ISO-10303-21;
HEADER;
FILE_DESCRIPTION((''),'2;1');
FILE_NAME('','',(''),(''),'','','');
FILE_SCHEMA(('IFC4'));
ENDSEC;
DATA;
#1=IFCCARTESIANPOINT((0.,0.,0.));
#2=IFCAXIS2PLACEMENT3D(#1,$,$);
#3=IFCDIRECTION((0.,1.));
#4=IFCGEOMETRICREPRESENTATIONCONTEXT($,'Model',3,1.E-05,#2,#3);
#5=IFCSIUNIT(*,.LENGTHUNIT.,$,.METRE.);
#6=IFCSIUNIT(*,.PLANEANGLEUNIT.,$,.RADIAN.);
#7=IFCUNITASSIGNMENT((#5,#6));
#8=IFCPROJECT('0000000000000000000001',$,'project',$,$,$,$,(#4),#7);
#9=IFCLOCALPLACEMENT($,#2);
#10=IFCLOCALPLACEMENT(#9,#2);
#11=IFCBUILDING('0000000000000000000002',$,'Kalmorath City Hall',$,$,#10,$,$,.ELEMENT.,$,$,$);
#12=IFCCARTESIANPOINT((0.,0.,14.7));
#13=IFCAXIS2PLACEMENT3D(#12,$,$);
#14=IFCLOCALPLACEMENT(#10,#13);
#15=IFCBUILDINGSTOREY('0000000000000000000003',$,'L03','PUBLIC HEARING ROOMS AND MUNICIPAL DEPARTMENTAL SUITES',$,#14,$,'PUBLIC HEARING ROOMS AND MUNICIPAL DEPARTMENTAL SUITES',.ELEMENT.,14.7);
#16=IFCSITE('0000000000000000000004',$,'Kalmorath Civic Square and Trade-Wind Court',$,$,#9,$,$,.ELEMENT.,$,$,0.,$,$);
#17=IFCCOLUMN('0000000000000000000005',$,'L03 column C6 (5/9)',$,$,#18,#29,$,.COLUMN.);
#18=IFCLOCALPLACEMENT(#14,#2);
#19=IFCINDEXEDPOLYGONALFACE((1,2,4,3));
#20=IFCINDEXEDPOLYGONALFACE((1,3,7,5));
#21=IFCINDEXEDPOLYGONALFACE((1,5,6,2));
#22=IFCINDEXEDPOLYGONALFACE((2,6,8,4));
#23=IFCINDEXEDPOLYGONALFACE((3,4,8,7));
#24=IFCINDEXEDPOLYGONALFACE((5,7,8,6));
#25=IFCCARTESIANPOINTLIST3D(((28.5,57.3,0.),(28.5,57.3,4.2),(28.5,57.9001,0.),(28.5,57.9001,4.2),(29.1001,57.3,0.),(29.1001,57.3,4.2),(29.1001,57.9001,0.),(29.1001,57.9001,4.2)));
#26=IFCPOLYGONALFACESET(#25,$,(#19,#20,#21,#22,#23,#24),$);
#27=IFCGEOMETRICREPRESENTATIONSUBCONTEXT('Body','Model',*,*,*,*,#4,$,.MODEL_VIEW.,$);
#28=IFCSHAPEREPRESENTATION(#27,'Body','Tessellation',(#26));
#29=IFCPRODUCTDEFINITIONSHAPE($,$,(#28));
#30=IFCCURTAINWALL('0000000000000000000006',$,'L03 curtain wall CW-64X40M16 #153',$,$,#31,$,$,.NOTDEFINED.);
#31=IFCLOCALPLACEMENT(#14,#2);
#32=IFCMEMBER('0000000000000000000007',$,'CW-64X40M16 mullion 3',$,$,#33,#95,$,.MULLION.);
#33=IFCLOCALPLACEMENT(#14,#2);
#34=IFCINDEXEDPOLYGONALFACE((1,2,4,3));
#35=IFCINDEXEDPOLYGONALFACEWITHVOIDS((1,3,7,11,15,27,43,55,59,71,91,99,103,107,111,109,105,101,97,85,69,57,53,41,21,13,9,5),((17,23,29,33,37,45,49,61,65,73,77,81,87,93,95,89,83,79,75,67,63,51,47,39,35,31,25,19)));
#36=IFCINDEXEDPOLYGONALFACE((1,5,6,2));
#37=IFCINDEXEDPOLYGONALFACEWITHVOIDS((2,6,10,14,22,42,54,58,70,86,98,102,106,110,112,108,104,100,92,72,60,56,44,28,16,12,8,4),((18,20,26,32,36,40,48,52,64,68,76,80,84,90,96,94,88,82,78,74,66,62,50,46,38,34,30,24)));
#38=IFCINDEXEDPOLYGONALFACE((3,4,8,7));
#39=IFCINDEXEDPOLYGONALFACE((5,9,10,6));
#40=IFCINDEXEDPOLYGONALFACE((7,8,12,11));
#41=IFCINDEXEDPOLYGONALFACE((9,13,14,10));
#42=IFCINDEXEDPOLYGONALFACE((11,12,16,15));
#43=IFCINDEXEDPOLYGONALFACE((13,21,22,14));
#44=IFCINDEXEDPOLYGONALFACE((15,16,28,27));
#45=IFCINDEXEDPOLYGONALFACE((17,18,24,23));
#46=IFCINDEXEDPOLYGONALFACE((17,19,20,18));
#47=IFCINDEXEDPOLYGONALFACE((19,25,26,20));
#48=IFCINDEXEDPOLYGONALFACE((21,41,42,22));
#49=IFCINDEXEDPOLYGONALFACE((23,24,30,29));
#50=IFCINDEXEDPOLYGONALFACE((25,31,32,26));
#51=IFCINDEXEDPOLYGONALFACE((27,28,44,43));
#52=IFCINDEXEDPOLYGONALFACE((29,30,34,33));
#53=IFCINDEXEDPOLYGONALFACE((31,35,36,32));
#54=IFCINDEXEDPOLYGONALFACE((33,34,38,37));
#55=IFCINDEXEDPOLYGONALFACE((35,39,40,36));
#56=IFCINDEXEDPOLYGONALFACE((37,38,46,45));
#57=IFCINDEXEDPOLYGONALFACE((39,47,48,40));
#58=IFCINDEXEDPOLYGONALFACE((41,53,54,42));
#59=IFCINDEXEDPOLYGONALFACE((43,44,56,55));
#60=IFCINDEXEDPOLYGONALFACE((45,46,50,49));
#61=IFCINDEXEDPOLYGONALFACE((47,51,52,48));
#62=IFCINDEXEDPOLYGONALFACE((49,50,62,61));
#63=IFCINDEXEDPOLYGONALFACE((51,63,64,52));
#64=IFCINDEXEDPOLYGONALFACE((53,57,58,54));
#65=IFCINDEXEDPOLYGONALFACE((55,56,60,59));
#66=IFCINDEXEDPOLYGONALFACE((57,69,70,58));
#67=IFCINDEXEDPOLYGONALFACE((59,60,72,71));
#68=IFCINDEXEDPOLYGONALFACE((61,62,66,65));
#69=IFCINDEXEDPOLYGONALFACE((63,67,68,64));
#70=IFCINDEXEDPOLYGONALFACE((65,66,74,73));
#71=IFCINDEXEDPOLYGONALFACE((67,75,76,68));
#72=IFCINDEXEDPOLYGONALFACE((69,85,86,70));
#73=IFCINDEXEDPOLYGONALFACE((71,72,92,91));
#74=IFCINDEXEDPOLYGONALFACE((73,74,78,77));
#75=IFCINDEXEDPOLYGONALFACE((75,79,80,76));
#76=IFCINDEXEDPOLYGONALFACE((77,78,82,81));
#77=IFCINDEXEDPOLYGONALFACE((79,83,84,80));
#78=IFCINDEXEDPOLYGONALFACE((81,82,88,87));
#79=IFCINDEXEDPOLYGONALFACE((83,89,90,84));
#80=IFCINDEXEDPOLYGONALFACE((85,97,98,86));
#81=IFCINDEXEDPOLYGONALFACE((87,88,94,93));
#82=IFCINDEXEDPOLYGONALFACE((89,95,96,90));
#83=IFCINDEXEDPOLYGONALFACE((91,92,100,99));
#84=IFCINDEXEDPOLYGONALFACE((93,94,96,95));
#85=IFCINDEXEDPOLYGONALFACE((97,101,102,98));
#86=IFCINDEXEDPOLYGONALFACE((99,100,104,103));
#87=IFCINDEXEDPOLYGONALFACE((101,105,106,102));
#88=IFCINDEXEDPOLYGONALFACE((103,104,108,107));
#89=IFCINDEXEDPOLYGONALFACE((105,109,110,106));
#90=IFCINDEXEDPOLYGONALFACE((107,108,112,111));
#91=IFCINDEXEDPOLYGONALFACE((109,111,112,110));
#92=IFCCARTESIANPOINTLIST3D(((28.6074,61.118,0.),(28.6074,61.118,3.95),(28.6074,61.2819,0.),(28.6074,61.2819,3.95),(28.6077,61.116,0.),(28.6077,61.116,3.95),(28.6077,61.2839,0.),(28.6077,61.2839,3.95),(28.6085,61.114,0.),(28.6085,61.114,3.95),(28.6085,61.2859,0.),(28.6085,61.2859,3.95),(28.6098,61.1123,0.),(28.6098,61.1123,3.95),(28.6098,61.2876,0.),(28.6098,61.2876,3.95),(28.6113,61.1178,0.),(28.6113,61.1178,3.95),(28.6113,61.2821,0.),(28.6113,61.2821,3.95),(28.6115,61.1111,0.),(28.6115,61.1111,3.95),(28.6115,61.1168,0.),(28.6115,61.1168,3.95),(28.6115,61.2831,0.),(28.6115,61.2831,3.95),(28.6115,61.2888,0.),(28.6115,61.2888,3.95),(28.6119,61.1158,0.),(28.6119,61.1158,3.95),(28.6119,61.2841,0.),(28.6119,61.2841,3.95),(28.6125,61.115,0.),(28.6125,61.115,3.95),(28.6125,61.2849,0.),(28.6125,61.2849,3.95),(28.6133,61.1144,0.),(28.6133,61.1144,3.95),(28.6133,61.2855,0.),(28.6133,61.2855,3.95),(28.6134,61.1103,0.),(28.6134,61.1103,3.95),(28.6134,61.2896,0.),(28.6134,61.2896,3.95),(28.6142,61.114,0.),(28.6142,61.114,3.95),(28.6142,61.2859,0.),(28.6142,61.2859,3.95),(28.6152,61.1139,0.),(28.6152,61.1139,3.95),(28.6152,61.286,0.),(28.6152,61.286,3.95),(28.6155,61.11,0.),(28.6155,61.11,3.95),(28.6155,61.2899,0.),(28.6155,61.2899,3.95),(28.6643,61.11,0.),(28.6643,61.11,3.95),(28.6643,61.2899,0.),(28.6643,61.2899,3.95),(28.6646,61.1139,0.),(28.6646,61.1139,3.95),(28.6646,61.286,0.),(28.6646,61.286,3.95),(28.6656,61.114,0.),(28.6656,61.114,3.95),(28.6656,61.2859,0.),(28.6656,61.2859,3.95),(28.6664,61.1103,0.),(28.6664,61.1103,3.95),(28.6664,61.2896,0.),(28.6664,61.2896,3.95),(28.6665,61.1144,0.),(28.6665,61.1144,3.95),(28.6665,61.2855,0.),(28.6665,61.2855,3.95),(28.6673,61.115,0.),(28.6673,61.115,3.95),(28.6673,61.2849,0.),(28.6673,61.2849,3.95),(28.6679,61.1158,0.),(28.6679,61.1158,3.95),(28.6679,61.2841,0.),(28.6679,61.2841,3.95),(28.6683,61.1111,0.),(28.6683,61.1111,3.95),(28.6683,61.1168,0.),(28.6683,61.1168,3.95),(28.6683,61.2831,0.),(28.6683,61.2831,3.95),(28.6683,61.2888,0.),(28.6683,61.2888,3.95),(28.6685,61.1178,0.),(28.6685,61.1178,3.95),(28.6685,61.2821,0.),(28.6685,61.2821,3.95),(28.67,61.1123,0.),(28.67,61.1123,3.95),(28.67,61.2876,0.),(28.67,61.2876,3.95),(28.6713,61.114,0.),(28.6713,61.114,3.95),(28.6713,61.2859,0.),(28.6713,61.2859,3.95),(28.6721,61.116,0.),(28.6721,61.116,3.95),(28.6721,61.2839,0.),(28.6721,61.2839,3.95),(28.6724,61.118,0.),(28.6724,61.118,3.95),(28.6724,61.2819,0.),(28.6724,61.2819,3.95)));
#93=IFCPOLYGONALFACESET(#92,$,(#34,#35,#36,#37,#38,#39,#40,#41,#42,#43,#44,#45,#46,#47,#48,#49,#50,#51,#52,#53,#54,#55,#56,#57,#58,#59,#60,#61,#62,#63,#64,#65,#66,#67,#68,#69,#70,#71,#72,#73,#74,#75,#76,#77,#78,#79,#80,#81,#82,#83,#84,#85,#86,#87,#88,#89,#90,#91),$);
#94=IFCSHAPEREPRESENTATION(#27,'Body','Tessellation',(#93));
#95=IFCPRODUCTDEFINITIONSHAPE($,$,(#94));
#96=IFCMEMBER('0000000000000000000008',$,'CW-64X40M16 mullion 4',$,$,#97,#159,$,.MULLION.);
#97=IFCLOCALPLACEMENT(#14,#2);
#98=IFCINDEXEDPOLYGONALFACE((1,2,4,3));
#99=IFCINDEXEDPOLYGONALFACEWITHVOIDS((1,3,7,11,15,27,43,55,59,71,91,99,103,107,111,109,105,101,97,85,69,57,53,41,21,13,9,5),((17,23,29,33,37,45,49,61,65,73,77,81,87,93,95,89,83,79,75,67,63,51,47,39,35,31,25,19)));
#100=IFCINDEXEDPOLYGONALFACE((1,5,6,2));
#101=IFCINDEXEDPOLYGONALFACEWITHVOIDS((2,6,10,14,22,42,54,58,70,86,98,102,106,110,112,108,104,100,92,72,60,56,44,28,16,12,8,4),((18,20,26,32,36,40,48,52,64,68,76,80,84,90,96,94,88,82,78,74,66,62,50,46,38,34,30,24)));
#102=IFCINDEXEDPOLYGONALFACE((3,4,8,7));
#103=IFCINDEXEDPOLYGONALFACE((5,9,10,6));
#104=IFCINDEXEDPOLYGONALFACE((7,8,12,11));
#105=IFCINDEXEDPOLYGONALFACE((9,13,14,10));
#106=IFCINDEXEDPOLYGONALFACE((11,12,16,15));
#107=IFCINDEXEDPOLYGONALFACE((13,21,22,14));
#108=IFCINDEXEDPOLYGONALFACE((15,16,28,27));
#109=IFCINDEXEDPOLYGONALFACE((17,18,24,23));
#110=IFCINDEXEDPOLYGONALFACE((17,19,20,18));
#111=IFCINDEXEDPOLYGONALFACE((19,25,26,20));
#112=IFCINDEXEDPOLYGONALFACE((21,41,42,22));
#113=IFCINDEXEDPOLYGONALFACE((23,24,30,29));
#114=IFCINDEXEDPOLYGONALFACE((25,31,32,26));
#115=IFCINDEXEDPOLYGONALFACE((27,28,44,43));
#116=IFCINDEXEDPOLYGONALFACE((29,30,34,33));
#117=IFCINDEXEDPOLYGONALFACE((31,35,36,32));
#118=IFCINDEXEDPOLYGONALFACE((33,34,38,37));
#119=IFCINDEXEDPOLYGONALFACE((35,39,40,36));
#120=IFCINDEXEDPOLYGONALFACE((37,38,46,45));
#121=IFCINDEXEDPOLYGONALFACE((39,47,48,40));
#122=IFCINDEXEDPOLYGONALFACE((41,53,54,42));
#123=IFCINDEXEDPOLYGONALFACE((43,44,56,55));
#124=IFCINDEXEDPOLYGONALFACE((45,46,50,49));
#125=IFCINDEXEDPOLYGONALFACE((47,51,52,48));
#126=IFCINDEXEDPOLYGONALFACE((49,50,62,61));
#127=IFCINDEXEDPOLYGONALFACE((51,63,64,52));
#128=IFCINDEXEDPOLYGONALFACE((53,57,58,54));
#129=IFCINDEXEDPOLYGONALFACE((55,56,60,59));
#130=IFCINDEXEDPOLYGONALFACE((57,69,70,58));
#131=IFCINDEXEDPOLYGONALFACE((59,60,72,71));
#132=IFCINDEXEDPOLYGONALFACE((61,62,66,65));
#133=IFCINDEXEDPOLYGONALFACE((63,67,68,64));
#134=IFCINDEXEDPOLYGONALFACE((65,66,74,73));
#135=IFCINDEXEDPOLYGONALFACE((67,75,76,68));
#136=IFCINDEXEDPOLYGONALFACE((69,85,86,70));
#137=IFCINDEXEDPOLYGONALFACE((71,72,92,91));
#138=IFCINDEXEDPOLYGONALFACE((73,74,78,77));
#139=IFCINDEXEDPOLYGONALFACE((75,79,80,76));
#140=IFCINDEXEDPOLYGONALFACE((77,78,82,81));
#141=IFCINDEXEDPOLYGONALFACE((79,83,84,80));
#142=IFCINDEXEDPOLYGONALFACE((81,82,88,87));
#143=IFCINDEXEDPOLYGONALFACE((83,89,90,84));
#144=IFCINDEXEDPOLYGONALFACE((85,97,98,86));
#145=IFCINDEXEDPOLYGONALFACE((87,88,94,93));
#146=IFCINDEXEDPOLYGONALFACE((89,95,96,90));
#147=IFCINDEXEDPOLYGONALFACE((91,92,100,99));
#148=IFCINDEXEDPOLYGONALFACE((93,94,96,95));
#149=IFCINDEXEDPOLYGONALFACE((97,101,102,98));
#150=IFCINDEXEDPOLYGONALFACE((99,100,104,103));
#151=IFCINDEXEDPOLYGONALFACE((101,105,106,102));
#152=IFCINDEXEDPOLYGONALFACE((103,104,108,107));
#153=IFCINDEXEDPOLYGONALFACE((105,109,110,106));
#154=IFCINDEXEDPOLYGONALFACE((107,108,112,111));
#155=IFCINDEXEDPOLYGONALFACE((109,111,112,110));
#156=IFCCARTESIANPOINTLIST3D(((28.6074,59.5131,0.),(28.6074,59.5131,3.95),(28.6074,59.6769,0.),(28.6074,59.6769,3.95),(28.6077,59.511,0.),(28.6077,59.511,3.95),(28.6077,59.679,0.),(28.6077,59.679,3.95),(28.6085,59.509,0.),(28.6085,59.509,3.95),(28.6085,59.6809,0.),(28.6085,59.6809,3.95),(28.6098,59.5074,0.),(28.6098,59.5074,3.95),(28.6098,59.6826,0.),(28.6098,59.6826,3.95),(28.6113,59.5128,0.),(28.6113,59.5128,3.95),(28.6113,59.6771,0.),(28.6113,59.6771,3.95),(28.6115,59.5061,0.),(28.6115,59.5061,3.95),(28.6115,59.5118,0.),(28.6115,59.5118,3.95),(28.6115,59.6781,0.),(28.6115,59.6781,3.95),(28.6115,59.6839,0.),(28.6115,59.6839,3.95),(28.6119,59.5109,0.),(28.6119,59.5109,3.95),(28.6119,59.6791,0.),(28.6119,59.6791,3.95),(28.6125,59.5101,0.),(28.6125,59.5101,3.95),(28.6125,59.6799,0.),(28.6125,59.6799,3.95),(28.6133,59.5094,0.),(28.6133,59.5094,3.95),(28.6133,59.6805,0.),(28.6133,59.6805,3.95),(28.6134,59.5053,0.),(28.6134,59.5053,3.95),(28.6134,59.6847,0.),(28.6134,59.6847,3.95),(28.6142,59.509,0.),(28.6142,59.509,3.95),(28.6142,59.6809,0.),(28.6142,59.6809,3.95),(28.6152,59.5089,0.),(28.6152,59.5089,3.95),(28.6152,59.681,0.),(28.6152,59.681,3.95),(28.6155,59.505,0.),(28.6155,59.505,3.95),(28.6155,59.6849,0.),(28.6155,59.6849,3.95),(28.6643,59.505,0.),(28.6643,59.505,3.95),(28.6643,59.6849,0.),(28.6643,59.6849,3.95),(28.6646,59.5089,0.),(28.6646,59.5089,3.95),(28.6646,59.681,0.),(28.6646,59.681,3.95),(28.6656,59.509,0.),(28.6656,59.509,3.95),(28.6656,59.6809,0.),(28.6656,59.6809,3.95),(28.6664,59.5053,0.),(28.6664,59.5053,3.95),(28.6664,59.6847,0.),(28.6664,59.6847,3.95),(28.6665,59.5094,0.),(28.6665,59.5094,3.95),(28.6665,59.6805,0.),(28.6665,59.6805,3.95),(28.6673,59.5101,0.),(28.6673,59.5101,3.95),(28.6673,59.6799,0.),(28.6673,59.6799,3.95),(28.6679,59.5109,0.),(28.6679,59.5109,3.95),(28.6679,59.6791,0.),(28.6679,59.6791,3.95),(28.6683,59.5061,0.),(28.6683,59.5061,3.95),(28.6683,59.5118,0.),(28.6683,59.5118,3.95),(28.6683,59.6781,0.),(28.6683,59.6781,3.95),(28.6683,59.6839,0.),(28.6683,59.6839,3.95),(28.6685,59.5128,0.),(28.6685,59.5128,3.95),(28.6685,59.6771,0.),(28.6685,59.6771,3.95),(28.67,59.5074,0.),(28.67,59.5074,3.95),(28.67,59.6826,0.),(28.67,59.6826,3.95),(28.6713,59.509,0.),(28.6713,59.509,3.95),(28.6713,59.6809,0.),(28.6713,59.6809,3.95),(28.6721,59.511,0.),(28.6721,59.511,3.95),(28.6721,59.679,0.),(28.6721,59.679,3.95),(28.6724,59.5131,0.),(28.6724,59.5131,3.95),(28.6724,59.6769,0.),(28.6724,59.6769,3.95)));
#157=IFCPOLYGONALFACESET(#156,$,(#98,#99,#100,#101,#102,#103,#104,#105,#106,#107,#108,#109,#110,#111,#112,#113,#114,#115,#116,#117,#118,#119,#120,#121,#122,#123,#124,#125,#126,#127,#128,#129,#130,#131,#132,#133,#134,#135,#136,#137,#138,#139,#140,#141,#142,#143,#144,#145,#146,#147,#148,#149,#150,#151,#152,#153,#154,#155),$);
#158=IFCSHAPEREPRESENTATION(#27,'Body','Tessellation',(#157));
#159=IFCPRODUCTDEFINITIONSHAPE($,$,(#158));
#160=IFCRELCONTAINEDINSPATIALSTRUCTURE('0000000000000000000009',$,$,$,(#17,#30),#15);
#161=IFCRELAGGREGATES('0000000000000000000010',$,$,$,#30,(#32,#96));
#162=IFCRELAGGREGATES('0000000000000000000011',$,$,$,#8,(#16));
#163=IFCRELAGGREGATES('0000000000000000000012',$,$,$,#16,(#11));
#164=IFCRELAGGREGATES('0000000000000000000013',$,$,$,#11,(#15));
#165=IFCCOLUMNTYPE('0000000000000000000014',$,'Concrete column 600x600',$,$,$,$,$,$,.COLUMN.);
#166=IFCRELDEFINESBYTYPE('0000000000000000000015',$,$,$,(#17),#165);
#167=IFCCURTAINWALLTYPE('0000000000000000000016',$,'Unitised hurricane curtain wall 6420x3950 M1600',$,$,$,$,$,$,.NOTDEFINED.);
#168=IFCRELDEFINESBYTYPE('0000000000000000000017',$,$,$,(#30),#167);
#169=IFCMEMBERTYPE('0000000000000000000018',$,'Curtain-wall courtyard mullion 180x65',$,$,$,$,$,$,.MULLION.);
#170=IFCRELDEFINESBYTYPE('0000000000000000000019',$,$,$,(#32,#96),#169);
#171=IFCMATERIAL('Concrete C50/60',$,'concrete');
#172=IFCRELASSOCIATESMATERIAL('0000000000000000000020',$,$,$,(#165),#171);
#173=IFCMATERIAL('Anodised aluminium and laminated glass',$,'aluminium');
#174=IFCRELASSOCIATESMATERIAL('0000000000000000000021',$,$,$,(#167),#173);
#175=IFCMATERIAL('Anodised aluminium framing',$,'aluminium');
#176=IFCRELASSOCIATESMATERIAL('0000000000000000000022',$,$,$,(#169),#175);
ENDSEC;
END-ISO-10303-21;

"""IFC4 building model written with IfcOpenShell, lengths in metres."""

from ifc_helpers import new_model, si_unit, direction, frame, origin, origin_2d, place, context, subcontext, project, spatial, rectangle, hollow_rectangle, extrude, material, material_profile, profile_set, type_object, element, aggregate, save


model = new_model("IFC4")

# Units and contexts
model_context = context("Model", 3, precision=1e-05, world=origin(), true_north=direction((0.0, 1.0)))
body_context = subcontext(model_context, "Body", "Model", "MODEL_VIEW")
ifc_project = project(units=[si_unit("LENGTHUNIT", "METRE"), si_unit("PLANEANGLEUNIT", "RADIAN")], contexts=[model_context])

# Site, building, storey
site_placement = place(None, origin())
site = spatial("IfcSite", under=ifc_project, at=site_placement, Name="Kalmorath Civic Square and Trade-Wind Court", CompositionType="ELEMENT", RefElevation=0.0)
building_placement = place(site_placement, origin())
building = spatial("IfcBuilding", under=site, at=building_placement, Name="Kalmorath City Hall", CompositionType="ELEMENT")
storey_placement = place(building_placement, frame((0.0, 0.0, 14.7)))
storey = spatial("IfcBuildingStorey", under=building, at=storey_placement, Name="L03", Description="PUBLIC HEARING ROOMS AND MUNICIPAL DEPARTMENTAL SUITES", LongName="PUBLIC HEARING ROOMS AND MUNICIPAL DEPARTMENTAL SUITES", CompositionType="ELEMENT", Elevation=14.7)

# Column
ifc_material_1 = material(Name="Concrete C50/60", Category="concrete")
ifc_material_profile_1 = material_profile(ifc_material_1, rectangle(XDim=0.6001, YDim=0.6001, at=origin_2d()), Name="RC-COL-600X600")
ifc_profile_set_1 = profile_set([ifc_material_profile_1], Name="Concrete C50/60")
column_type = type_object("IfcColumnType", Name="Concrete column 600x600", PredefinedType="COLUMN", material=ifc_profile_set_1)
column_placement = place(storey_placement, frame((28.8, 57.6001, 0.0), z_axis=(0.0, 0.0, 1.0), x_axis=(1.0, 0.0, 0.0)))
element("IfcColumn", 1, at=column_placement, inside=storey, type_object=column_type, Name="L03 column C6 (5/9)", PredefinedType="COLUMN", context=body_context, shape_type="SweptSolid", body=[
    extrude(rectangle(XDim=0.6001, YDim=0.6001, at=origin_2d()), origin(), (0.0, 0.0, 1.0), 4.2),
])

# Curtain wall, members
ifc_material_2 = material(Name="Anodised aluminium and laminated glass", Category="aluminium")
curtain_wall_type = type_object("IfcCurtainWallType", Name="Unitised hurricane curtain wall 6420x3950 M1600", PredefinedType="NOTDEFINED", material=ifc_material_2)
curtain_wall_placement = place(storey_placement, origin())
curtain_wall = element("IfcCurtainWall", 2, at=curtain_wall_placement, inside=storey, type_object=curtain_wall_type, Name="L03 curtain wall CW-64X40M16 #153", PredefinedType="NOTDEFINED")
ifc_material_3 = material(Name="Anodised aluminium framing", Category="aluminium")
ifc_material_profile_2 = material_profile(ifc_material_3, hollow_rectangle(XDim=0.0649, YDim=0.1799, WallThickness=0.0039, InnerFilletRadius=0.0039, OuterFilletRadius=0.0081, at=origin_2d()), Name="ALU-MUL-180X65X4")
ifc_profile_set_2 = profile_set([ifc_material_profile_2], Name="Anodised aluminium framing")
member_type_1 = type_object("IfcMemberType", Name="Curtain-wall courtyard mullion 180x65", PredefinedType="MULLION", material=ifc_profile_set_2)
member_1_placement = place(storey_placement, frame((28.6399, 61.2, 0.0), z_axis=(0.0, 0.0, 1.0), x_axis=(1.0, 0.0, 0.0)))
member_1 = element("IfcMember", 3, at=member_1_placement, type_object=member_type_1, Name="CW-64X40M16 mullion 3", PredefinedType="MULLION", context=body_context, shape_type="SweptSolid", body=[
    extrude(hollow_rectangle(XDim=0.0649, YDim=0.1799, WallThickness=0.0039, InnerFilletRadius=0.0039, OuterFilletRadius=0.0081, at=origin_2d()), origin(), (0.0, 0.0, 1.0), 3.95),
])
member_2_placement = place(storey_placement, frame((28.6399, 59.595, 0.0), z_axis=(0.0, 0.0, 1.0), x_axis=(1.0, 0.0, 0.0)))
member_2 = element("IfcMember", 4, at=member_2_placement, type_object=member_type_1, Name="CW-64X40M16 mullion 4", PredefinedType="MULLION", context=body_context, shape_type="SweptSolid", body=[
    extrude(hollow_rectangle(XDim=0.0649, YDim=0.1799, WallThickness=0.0039, InnerFilletRadius=0.0039, OuterFilletRadius=0.0081, at=origin_2d()), origin(), (0.0, 0.0, 1.0), 3.95),
])

aggregate(curtain_wall, [member_1, member_2])

save(model, "model.ifc")
